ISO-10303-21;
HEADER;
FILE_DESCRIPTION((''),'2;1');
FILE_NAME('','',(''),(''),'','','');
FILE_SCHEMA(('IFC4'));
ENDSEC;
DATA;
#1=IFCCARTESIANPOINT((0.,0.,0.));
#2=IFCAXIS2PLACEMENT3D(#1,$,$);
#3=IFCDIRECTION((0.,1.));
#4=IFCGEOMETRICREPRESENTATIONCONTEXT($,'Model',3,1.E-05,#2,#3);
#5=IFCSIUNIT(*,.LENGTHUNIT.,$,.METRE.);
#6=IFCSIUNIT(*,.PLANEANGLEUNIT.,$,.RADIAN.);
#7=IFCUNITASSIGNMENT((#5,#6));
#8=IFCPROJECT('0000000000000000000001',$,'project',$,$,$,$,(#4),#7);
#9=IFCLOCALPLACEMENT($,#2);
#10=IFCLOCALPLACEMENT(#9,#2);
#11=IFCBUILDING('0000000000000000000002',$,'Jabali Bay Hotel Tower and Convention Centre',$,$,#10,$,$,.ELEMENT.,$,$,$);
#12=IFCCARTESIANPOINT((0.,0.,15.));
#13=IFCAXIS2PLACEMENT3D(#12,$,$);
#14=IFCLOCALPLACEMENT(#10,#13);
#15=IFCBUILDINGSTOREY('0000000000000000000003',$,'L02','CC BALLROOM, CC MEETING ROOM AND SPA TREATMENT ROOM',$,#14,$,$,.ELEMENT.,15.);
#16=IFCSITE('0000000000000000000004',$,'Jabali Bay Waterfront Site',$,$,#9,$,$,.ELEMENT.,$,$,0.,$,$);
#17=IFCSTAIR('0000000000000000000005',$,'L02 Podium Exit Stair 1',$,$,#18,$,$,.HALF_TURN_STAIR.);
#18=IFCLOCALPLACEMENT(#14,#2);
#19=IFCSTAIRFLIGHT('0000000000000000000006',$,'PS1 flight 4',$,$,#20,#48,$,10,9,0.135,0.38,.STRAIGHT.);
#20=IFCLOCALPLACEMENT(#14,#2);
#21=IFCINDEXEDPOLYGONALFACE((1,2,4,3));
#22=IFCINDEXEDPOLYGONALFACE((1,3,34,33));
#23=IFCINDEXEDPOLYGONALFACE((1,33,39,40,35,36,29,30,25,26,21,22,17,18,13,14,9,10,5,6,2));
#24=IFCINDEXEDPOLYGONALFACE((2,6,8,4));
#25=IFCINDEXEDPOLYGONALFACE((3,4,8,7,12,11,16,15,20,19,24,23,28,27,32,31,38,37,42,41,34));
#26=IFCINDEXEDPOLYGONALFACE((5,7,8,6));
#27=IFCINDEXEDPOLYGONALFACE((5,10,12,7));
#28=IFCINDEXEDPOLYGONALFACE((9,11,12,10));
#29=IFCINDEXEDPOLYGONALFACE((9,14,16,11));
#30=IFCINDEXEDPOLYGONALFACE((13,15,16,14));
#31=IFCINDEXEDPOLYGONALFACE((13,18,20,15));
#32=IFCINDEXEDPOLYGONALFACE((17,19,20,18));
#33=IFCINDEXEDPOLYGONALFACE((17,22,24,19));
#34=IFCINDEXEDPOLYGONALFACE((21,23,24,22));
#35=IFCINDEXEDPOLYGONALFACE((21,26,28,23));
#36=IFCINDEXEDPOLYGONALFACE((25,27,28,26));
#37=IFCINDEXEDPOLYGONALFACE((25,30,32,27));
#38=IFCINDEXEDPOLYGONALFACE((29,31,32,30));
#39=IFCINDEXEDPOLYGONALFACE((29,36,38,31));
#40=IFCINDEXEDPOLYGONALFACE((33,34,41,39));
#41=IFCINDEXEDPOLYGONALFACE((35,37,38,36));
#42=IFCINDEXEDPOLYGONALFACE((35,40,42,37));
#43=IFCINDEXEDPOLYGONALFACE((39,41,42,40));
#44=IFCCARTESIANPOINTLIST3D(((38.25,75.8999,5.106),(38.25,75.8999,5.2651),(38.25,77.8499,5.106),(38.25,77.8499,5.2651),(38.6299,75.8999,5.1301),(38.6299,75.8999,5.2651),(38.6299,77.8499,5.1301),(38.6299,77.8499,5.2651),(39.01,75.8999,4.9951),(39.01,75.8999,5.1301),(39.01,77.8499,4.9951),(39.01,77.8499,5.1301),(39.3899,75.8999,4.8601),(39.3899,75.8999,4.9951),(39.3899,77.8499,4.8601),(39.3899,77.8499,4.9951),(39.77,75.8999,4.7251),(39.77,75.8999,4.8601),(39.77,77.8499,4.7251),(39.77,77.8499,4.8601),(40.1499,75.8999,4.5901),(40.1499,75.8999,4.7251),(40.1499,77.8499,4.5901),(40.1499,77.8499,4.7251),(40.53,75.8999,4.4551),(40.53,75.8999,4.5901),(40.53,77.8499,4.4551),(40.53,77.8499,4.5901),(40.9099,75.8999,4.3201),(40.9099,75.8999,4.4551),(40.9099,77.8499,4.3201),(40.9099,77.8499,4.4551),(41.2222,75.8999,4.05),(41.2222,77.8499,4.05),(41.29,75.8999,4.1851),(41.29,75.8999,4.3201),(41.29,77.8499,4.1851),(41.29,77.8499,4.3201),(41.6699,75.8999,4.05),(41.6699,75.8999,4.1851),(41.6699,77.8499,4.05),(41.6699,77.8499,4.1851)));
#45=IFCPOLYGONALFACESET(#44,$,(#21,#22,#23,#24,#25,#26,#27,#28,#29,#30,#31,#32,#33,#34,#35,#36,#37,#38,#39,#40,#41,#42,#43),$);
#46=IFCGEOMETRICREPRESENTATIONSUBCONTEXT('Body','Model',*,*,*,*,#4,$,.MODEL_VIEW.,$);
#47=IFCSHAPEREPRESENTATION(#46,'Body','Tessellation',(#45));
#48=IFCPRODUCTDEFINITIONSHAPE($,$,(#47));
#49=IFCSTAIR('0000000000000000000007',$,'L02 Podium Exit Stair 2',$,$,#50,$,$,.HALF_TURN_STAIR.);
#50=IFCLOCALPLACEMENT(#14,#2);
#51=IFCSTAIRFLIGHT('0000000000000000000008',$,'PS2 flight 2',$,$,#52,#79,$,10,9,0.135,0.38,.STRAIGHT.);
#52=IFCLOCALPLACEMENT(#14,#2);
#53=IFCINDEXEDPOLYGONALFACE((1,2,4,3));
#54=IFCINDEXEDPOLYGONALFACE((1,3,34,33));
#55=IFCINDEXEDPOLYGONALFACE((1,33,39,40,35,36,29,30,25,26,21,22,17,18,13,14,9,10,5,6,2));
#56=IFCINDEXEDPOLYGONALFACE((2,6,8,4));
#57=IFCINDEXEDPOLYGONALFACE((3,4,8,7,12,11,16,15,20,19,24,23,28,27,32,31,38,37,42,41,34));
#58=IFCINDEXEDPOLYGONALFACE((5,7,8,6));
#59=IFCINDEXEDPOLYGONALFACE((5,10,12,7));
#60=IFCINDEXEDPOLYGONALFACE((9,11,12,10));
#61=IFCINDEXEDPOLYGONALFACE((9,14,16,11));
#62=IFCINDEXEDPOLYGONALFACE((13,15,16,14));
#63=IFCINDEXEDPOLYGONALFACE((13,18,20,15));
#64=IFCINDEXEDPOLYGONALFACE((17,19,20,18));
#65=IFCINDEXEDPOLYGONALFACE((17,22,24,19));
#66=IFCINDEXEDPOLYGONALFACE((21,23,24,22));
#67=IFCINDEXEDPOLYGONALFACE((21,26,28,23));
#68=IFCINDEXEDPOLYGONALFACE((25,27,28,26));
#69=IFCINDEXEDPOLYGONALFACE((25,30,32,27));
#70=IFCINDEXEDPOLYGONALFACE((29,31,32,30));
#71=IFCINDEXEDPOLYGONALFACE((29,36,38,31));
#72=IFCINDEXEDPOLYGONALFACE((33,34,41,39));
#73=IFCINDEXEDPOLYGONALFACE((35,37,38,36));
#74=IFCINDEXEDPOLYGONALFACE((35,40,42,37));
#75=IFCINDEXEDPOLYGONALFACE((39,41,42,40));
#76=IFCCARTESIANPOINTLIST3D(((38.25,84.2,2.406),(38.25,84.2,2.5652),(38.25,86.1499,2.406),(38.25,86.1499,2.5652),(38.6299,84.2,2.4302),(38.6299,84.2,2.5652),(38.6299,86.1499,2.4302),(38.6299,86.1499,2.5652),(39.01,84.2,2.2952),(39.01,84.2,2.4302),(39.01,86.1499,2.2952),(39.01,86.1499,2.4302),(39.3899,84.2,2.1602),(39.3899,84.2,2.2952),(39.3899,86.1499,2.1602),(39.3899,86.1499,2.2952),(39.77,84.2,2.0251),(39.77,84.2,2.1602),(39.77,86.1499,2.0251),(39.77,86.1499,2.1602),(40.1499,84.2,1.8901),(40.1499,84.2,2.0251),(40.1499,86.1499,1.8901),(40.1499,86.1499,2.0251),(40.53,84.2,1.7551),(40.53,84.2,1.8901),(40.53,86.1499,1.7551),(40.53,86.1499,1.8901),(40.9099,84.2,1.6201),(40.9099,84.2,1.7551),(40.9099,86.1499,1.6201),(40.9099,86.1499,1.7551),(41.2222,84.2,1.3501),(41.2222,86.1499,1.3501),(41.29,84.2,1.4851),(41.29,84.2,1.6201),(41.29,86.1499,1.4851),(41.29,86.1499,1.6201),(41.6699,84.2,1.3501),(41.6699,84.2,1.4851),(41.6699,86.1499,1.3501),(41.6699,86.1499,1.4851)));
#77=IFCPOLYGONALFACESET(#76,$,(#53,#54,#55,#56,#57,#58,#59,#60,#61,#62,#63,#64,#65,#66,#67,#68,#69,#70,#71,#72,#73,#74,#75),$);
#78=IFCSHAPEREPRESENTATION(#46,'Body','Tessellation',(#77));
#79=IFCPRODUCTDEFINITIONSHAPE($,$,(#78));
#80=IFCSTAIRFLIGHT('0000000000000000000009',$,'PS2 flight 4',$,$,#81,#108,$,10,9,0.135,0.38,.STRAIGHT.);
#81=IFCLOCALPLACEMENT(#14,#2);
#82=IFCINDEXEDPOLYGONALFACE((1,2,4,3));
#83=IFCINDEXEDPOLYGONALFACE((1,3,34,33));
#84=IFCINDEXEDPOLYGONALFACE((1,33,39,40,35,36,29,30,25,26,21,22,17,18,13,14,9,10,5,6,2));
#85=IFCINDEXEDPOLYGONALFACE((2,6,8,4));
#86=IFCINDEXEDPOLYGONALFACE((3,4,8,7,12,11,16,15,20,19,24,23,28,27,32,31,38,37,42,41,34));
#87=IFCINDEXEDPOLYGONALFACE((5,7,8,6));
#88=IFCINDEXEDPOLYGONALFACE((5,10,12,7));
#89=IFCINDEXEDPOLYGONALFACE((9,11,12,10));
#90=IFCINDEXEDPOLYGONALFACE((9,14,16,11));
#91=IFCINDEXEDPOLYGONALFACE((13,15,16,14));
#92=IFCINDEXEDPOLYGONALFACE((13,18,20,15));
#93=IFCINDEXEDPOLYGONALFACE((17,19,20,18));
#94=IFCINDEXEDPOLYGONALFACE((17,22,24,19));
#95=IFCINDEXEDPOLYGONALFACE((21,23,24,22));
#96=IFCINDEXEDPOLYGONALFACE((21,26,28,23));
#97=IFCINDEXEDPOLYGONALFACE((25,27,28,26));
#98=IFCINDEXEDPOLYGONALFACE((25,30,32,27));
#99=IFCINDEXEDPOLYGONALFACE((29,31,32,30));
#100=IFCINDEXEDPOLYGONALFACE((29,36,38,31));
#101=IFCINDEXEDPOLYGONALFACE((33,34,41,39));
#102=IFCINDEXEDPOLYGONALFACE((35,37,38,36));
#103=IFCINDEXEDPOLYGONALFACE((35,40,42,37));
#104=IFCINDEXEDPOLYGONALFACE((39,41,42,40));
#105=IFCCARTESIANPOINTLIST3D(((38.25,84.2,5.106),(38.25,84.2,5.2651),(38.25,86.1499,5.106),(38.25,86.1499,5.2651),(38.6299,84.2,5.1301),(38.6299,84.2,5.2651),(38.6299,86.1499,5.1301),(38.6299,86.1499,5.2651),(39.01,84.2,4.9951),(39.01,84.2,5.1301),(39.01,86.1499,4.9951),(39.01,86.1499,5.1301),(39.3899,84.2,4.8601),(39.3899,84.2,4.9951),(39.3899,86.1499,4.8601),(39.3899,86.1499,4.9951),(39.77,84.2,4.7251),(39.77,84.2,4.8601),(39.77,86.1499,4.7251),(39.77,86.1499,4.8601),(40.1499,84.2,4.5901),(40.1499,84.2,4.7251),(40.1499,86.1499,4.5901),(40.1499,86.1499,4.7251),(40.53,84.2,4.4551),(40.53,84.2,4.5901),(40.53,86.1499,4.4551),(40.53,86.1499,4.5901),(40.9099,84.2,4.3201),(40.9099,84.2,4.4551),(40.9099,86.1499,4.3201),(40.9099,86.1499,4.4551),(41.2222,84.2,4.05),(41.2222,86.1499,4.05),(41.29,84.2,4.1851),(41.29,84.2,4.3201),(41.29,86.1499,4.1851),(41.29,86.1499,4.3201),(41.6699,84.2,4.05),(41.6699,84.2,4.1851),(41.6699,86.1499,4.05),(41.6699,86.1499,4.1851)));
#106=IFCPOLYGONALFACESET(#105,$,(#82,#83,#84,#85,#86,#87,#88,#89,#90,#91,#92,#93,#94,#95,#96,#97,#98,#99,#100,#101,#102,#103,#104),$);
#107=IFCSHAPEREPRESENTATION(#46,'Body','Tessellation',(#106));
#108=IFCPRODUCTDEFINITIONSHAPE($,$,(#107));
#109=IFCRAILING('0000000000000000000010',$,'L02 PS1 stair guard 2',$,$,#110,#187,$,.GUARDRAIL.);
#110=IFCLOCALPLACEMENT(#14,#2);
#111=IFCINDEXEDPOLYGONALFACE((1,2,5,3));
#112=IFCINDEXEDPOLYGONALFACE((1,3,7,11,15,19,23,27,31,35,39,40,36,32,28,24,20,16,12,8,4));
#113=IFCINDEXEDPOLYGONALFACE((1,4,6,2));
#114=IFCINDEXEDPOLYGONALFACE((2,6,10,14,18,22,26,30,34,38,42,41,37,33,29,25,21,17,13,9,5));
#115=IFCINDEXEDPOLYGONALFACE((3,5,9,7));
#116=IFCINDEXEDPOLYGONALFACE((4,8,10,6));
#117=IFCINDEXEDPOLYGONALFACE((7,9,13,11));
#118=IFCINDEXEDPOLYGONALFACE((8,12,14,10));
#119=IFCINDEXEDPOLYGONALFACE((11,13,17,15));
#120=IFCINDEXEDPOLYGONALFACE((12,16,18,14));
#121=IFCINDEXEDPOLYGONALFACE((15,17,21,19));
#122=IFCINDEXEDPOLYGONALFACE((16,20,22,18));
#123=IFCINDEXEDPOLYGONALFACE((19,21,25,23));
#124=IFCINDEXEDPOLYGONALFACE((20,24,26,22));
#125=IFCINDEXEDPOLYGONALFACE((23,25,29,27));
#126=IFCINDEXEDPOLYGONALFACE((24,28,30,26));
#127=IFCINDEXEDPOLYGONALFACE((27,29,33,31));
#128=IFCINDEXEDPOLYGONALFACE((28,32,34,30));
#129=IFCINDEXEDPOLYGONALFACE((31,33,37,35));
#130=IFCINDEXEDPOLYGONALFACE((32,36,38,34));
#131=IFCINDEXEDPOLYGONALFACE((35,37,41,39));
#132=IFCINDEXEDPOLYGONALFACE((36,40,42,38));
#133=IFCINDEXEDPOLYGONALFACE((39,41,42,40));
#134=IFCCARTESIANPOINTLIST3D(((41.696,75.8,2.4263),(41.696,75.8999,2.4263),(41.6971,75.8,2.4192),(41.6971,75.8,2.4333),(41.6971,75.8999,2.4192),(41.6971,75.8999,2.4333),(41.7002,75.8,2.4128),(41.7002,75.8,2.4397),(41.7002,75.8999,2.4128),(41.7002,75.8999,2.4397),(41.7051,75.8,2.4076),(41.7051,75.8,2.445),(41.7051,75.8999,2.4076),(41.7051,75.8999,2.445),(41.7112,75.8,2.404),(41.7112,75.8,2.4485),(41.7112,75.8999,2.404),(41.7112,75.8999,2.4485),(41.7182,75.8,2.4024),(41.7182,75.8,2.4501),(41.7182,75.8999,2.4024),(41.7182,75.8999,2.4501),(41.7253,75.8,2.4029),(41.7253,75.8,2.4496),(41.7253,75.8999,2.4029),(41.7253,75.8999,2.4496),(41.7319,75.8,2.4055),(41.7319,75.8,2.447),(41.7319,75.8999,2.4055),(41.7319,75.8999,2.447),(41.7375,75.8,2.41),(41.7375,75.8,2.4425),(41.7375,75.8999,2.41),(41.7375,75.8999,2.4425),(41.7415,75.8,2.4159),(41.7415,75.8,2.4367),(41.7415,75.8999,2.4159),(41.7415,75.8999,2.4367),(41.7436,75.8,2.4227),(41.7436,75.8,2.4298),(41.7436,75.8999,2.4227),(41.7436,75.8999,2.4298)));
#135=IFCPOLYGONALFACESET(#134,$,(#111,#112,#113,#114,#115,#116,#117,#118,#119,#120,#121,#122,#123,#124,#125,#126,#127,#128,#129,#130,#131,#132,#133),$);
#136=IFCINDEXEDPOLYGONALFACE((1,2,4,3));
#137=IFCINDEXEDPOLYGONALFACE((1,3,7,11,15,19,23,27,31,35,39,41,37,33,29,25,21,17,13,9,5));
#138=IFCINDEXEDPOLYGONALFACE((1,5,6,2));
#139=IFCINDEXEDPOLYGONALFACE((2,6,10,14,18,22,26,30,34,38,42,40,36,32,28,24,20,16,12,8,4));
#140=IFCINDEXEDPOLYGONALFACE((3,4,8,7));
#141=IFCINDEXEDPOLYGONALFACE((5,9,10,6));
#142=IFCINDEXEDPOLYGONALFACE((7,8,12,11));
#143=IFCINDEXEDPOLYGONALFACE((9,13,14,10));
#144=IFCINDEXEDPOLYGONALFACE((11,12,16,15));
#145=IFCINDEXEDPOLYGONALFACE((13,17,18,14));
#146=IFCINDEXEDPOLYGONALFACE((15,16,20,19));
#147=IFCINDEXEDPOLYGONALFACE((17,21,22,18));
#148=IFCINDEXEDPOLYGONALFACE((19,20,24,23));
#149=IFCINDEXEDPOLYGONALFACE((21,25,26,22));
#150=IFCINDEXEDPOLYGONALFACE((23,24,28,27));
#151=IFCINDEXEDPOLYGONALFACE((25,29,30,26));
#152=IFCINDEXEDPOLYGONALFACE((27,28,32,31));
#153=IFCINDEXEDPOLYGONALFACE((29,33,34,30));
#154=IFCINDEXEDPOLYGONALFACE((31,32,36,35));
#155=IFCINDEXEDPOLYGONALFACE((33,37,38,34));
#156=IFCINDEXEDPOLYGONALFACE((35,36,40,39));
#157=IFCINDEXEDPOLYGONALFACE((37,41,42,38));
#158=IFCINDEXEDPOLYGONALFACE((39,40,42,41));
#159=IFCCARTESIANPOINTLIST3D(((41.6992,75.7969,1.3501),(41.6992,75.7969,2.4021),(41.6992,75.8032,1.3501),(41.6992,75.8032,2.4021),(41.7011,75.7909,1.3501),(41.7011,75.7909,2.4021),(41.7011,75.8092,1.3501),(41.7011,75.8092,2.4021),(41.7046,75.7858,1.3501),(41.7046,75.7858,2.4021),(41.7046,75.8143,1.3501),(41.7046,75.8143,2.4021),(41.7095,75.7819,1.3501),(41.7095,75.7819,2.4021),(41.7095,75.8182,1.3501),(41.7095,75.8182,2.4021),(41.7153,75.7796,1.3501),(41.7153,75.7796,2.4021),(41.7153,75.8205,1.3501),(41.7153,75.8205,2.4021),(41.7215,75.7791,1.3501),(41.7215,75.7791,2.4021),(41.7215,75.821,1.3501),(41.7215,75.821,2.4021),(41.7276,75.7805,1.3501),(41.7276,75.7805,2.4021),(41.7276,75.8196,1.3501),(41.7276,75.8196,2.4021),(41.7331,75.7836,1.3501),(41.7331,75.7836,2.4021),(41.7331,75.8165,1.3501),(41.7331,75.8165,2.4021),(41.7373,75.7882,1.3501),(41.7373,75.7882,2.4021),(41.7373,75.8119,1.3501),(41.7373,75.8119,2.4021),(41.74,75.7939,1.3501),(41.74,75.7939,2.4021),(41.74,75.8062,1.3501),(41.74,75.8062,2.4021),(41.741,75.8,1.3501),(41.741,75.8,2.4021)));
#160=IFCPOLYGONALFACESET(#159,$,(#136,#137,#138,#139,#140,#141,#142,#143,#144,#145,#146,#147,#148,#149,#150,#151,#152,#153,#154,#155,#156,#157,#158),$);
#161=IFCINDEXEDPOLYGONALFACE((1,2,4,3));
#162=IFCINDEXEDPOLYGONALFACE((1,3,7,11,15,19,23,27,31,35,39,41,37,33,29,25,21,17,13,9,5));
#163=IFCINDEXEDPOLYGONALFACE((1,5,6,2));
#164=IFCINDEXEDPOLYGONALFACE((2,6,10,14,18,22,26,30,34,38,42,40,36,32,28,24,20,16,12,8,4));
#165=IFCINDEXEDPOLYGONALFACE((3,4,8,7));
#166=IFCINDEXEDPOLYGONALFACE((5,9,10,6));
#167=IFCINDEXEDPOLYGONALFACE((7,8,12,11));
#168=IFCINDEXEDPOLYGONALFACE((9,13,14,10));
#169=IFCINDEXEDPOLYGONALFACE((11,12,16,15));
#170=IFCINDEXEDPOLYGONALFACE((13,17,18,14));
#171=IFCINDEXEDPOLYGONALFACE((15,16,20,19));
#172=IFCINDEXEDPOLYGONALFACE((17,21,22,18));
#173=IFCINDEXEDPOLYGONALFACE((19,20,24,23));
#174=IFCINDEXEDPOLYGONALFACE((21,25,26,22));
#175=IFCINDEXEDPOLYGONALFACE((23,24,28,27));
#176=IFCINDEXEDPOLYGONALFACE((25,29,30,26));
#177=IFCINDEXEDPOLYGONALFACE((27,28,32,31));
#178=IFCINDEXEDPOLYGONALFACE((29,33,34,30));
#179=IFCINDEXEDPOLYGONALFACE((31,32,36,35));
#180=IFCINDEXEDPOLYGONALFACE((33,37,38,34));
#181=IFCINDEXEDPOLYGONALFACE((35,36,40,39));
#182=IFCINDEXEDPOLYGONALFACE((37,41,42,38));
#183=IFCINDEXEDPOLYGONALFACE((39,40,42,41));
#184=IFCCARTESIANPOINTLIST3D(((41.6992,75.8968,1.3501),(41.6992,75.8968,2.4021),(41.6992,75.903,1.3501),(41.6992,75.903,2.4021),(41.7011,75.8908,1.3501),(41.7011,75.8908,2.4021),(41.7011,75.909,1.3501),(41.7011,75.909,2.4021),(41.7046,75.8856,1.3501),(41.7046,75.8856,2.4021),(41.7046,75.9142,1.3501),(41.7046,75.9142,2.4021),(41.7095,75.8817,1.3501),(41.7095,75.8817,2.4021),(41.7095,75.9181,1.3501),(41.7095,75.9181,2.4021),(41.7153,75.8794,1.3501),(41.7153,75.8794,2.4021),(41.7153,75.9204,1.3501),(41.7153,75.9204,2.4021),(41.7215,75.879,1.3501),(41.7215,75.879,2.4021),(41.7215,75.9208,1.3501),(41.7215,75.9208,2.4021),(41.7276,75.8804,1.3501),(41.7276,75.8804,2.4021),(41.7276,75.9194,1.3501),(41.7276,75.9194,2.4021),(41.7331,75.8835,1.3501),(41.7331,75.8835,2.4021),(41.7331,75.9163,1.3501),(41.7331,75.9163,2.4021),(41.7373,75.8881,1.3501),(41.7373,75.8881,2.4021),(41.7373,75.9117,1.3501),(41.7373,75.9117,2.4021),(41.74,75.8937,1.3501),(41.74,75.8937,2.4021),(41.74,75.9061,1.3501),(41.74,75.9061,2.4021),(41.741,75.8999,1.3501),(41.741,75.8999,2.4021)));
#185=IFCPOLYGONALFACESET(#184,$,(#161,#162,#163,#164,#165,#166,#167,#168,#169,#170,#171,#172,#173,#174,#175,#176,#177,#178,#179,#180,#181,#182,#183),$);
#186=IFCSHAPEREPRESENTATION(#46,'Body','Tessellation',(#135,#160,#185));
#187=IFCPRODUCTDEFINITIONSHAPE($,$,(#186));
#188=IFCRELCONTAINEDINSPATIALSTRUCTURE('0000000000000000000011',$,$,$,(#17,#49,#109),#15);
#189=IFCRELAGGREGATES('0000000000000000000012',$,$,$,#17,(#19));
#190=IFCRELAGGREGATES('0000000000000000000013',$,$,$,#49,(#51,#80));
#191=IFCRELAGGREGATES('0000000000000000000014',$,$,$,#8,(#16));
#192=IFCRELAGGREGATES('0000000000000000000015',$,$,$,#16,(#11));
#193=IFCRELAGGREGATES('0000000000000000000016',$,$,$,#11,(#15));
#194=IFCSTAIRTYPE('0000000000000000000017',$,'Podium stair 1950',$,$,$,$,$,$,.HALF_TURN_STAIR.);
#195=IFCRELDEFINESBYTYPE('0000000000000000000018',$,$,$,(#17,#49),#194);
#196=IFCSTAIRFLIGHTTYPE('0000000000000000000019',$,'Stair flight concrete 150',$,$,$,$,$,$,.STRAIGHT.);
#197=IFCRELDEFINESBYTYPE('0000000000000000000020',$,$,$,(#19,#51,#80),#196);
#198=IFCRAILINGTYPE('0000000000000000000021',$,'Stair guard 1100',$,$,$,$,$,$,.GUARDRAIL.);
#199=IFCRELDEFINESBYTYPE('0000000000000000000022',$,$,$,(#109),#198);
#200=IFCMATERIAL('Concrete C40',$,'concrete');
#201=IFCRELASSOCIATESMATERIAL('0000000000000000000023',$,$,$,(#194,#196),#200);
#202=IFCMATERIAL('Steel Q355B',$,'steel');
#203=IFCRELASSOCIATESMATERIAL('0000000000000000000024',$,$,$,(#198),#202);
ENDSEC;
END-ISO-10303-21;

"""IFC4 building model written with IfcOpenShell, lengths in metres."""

from ifc_helpers import new_model, si_unit, direction, frame, origin, origin_2d, place, context, subcontext, project, spatial, polyline, circle, outline, extrude, material, type_object, element, aggregate, save


model = new_model("IFC4")

# Units and contexts
model_context = context("Model", 3, precision=1e-05, world=origin(), true_north=direction((0.0, 1.0)))
body_context = subcontext(model_context, "Body", "Model", "MODEL_VIEW")
ifc_project = project(units=[si_unit("LENGTHUNIT", "METRE"), si_unit("PLANEANGLEUNIT", "RADIAN")], contexts=[model_context])

# Site, building, storey
site_placement = place(None, origin())
site = spatial("IfcSite", under=ifc_project, at=site_placement, Name="Jabali Bay Waterfront Site", CompositionType="ELEMENT", RefElevation=0.0)
building_placement = place(site_placement, origin())
building = spatial("IfcBuilding", under=site, at=building_placement, Name="Jabali Bay Hotel Tower and Convention Centre", CompositionType="ELEMENT")
storey_placement = place(building_placement, frame((0.0, 0.0, 15.0)))
storey = spatial("IfcBuildingStorey", under=building, at=storey_placement, Name="L02", Description="CC BALLROOM, CC MEETING ROOM AND SPA TREATMENT ROOM", CompositionType="ELEMENT", Elevation=15.0)

# Shared definitions
ifc_material_1 = material(Name="Concrete C40", Category="concrete")

# Stairs, stair flights
stair_type = type_object("IfcStairType", Name="Podium stair 1950", PredefinedType="HALF_TURN_STAIR", material=ifc_material_1)
stair_1_placement = place(storey_placement, origin())
stair_1 = element("IfcStair", 1, at=stair_1_placement, inside=storey, type_object=stair_type, Name="L02 Podium Exit Stair 1", PredefinedType="HALF_TURN_STAIR")
stair_flight_type = type_object("IfcStairFlightType", Name="Stair flight concrete 150", PredefinedType="STRAIGHT", material=ifc_material_1)
stair_flight_1_placement = place(storey_placement, frame((41.6699, 76.875, 4.05), z_axis=(0.0, 0.0, 1.0), x_axis=(-1.0, 0.0, 0.0)))
stair_flight_1 = element("IfcStairFlight", 2, at=stair_flight_1_placement, type_object=stair_flight_type, Name="PS1 flight 4", NumberOfRisers=10, NumberOfTreads=9, PredefinedType="STRAIGHT", RiserHeight=0.135, TreadLength=0.38, context=body_context, shape_type="SweptSolid", body=[
    extrude(outline(polyline([(0.0, 0.0), (0.0, 0.135), (0.3799, 0.135), (0.3799, 0.27), (0.76, 0.27), (0.76, 0.405), (1.1399, 0.405), (1.1399, 0.54), (1.52, 0.54), (1.52, 0.675), (1.8999, 0.675), (1.8999, 0.8101), (2.28, 0.8101), (2.28, 0.9451), (2.6599, 0.9451), (2.6599, 1.0801), (3.04, 1.0801), (3.04, 1.2151), (3.4199, 1.2151), (3.4199, 1.3501), (3.4199, 1.0559), (0.4478, 0.0), (0.0, 0.0)])), frame((0.0, 0.9751, 0.0), z_axis=(0.0, -1.0, 0.0), x_axis=(1.0, 0.0, 0.0)), (0.0, 0.0, 1.0), 1.95),
])
aggregate(stair_1, [stair_flight_1])
stair_2_placement = place(storey_placement, origin())
stair_2 = element("IfcStair", 3, at=stair_2_placement, inside=storey, type_object=stair_type, Name="L02 Podium Exit Stair 2", PredefinedType="HALF_TURN_STAIR")
stair_flight_2_placement = place(storey_placement, frame((41.6699, 85.175, 1.3501), z_axis=(0.0, 0.0, 1.0), x_axis=(-1.0, 0.0, 0.0)))
stair_flight_2 = element("IfcStairFlight", 4, at=stair_flight_2_placement, type_object=stair_flight_type, Name="PS2 flight 2", NumberOfRisers=10, NumberOfTreads=9, PredefinedType="STRAIGHT", RiserHeight=0.135, TreadLength=0.38, context=body_context, shape_type="SweptSolid", body=[
    extrude(outline(polyline([(0.0, 0.0), (0.0, 0.135), (0.3799, 0.135), (0.3799, 0.27), (0.76, 0.27), (0.76, 0.405), (1.1399, 0.405), (1.1399, 0.54), (1.52, 0.54), (1.52, 0.675), (1.8999, 0.675), (1.8999, 0.8101), (2.28, 0.8101), (2.28, 0.9451), (2.6599, 0.9451), (2.6599, 1.0801), (3.04, 1.0801), (3.04, 1.2151), (3.4199, 1.2151), (3.4199, 1.3501), (3.4199, 1.0559), (0.4478, 0.0), (0.0, 0.0)])), frame((0.0, 0.9751, 0.0), z_axis=(0.0, -1.0, 0.0), x_axis=(1.0, 0.0, 0.0)), (0.0, 0.0, 1.0), 1.95),
])
stair_flight_3_placement = place(storey_placement, frame((41.6699, 85.175, 4.05), z_axis=(0.0, 0.0, 1.0), x_axis=(-1.0, 0.0, 0.0)))
stair_flight_3 = element("IfcStairFlight", 5, at=stair_flight_3_placement, type_object=stair_flight_type, Name="PS2 flight 4", NumberOfRisers=10, NumberOfTreads=9, PredefinedType="STRAIGHT", RiserHeight=0.135, TreadLength=0.38, context=body_context, shape_type="SweptSolid", body=[
    extrude(outline(polyline([(0.0, 0.0), (0.0, 0.135), (0.3799, 0.135), (0.3799, 0.27), (0.76, 0.27), (0.76, 0.405), (1.1399, 0.405), (1.1399, 0.54), (1.52, 0.54), (1.52, 0.675), (1.8999, 0.675), (1.8999, 0.8101), (2.28, 0.8101), (2.28, 0.9451), (2.6599, 0.9451), (2.6599, 1.0801), (3.04, 1.0801), (3.04, 1.2151), (3.4199, 1.2151), (3.4199, 1.3501), (3.4199, 1.0559), (0.4478, 0.0), (0.0, 0.0)])), frame((0.0, 0.9751, 0.0), z_axis=(0.0, -1.0, 0.0), x_axis=(1.0, 0.0, 0.0)), (0.0, 0.0, 1.0), 1.95),
])
aggregate(stair_2, [stair_flight_2, stair_flight_3])

# Railing
ifc_material_2 = material(Name="Steel Q355B", Category="steel")
railing_type_1 = type_object("IfcRailingType", Name="Stair guard 1100", PredefinedType="GUARDRAIL", material=ifc_material_2)
railing_1_placement = place(storey_placement, frame((41.72, 75.8, 1.3501)))
element("IfcRailing", 6, at=railing_1_placement, inside=storey, type_object=railing_type_1, Name="L02 PS1 stair guard 2", PredefinedType="GUARDRAIL", context=body_context, shape_type="SweptSolid", body=[
    extrude(circle(Radius=0.0239, at=origin_2d()), frame((0.0, 0.0, 1.0762), z_axis=(0.0, 1.0, 0.0), x_axis=(-1.0, 0.0, 0.0)), (0.0, 0.0, 1.0), 0.0999),
    extrude(circle(Radius=0.021, at=origin_2d()), origin(), (0.0, 0.0, 1.0), 1.052),
    extrude(circle(Radius=0.021, at=origin_2d()), frame((0.0, 0.0999, 0.0)), (0.0, 0.0, 1.0), 1.052),
])

save(model, "model.ifc")
